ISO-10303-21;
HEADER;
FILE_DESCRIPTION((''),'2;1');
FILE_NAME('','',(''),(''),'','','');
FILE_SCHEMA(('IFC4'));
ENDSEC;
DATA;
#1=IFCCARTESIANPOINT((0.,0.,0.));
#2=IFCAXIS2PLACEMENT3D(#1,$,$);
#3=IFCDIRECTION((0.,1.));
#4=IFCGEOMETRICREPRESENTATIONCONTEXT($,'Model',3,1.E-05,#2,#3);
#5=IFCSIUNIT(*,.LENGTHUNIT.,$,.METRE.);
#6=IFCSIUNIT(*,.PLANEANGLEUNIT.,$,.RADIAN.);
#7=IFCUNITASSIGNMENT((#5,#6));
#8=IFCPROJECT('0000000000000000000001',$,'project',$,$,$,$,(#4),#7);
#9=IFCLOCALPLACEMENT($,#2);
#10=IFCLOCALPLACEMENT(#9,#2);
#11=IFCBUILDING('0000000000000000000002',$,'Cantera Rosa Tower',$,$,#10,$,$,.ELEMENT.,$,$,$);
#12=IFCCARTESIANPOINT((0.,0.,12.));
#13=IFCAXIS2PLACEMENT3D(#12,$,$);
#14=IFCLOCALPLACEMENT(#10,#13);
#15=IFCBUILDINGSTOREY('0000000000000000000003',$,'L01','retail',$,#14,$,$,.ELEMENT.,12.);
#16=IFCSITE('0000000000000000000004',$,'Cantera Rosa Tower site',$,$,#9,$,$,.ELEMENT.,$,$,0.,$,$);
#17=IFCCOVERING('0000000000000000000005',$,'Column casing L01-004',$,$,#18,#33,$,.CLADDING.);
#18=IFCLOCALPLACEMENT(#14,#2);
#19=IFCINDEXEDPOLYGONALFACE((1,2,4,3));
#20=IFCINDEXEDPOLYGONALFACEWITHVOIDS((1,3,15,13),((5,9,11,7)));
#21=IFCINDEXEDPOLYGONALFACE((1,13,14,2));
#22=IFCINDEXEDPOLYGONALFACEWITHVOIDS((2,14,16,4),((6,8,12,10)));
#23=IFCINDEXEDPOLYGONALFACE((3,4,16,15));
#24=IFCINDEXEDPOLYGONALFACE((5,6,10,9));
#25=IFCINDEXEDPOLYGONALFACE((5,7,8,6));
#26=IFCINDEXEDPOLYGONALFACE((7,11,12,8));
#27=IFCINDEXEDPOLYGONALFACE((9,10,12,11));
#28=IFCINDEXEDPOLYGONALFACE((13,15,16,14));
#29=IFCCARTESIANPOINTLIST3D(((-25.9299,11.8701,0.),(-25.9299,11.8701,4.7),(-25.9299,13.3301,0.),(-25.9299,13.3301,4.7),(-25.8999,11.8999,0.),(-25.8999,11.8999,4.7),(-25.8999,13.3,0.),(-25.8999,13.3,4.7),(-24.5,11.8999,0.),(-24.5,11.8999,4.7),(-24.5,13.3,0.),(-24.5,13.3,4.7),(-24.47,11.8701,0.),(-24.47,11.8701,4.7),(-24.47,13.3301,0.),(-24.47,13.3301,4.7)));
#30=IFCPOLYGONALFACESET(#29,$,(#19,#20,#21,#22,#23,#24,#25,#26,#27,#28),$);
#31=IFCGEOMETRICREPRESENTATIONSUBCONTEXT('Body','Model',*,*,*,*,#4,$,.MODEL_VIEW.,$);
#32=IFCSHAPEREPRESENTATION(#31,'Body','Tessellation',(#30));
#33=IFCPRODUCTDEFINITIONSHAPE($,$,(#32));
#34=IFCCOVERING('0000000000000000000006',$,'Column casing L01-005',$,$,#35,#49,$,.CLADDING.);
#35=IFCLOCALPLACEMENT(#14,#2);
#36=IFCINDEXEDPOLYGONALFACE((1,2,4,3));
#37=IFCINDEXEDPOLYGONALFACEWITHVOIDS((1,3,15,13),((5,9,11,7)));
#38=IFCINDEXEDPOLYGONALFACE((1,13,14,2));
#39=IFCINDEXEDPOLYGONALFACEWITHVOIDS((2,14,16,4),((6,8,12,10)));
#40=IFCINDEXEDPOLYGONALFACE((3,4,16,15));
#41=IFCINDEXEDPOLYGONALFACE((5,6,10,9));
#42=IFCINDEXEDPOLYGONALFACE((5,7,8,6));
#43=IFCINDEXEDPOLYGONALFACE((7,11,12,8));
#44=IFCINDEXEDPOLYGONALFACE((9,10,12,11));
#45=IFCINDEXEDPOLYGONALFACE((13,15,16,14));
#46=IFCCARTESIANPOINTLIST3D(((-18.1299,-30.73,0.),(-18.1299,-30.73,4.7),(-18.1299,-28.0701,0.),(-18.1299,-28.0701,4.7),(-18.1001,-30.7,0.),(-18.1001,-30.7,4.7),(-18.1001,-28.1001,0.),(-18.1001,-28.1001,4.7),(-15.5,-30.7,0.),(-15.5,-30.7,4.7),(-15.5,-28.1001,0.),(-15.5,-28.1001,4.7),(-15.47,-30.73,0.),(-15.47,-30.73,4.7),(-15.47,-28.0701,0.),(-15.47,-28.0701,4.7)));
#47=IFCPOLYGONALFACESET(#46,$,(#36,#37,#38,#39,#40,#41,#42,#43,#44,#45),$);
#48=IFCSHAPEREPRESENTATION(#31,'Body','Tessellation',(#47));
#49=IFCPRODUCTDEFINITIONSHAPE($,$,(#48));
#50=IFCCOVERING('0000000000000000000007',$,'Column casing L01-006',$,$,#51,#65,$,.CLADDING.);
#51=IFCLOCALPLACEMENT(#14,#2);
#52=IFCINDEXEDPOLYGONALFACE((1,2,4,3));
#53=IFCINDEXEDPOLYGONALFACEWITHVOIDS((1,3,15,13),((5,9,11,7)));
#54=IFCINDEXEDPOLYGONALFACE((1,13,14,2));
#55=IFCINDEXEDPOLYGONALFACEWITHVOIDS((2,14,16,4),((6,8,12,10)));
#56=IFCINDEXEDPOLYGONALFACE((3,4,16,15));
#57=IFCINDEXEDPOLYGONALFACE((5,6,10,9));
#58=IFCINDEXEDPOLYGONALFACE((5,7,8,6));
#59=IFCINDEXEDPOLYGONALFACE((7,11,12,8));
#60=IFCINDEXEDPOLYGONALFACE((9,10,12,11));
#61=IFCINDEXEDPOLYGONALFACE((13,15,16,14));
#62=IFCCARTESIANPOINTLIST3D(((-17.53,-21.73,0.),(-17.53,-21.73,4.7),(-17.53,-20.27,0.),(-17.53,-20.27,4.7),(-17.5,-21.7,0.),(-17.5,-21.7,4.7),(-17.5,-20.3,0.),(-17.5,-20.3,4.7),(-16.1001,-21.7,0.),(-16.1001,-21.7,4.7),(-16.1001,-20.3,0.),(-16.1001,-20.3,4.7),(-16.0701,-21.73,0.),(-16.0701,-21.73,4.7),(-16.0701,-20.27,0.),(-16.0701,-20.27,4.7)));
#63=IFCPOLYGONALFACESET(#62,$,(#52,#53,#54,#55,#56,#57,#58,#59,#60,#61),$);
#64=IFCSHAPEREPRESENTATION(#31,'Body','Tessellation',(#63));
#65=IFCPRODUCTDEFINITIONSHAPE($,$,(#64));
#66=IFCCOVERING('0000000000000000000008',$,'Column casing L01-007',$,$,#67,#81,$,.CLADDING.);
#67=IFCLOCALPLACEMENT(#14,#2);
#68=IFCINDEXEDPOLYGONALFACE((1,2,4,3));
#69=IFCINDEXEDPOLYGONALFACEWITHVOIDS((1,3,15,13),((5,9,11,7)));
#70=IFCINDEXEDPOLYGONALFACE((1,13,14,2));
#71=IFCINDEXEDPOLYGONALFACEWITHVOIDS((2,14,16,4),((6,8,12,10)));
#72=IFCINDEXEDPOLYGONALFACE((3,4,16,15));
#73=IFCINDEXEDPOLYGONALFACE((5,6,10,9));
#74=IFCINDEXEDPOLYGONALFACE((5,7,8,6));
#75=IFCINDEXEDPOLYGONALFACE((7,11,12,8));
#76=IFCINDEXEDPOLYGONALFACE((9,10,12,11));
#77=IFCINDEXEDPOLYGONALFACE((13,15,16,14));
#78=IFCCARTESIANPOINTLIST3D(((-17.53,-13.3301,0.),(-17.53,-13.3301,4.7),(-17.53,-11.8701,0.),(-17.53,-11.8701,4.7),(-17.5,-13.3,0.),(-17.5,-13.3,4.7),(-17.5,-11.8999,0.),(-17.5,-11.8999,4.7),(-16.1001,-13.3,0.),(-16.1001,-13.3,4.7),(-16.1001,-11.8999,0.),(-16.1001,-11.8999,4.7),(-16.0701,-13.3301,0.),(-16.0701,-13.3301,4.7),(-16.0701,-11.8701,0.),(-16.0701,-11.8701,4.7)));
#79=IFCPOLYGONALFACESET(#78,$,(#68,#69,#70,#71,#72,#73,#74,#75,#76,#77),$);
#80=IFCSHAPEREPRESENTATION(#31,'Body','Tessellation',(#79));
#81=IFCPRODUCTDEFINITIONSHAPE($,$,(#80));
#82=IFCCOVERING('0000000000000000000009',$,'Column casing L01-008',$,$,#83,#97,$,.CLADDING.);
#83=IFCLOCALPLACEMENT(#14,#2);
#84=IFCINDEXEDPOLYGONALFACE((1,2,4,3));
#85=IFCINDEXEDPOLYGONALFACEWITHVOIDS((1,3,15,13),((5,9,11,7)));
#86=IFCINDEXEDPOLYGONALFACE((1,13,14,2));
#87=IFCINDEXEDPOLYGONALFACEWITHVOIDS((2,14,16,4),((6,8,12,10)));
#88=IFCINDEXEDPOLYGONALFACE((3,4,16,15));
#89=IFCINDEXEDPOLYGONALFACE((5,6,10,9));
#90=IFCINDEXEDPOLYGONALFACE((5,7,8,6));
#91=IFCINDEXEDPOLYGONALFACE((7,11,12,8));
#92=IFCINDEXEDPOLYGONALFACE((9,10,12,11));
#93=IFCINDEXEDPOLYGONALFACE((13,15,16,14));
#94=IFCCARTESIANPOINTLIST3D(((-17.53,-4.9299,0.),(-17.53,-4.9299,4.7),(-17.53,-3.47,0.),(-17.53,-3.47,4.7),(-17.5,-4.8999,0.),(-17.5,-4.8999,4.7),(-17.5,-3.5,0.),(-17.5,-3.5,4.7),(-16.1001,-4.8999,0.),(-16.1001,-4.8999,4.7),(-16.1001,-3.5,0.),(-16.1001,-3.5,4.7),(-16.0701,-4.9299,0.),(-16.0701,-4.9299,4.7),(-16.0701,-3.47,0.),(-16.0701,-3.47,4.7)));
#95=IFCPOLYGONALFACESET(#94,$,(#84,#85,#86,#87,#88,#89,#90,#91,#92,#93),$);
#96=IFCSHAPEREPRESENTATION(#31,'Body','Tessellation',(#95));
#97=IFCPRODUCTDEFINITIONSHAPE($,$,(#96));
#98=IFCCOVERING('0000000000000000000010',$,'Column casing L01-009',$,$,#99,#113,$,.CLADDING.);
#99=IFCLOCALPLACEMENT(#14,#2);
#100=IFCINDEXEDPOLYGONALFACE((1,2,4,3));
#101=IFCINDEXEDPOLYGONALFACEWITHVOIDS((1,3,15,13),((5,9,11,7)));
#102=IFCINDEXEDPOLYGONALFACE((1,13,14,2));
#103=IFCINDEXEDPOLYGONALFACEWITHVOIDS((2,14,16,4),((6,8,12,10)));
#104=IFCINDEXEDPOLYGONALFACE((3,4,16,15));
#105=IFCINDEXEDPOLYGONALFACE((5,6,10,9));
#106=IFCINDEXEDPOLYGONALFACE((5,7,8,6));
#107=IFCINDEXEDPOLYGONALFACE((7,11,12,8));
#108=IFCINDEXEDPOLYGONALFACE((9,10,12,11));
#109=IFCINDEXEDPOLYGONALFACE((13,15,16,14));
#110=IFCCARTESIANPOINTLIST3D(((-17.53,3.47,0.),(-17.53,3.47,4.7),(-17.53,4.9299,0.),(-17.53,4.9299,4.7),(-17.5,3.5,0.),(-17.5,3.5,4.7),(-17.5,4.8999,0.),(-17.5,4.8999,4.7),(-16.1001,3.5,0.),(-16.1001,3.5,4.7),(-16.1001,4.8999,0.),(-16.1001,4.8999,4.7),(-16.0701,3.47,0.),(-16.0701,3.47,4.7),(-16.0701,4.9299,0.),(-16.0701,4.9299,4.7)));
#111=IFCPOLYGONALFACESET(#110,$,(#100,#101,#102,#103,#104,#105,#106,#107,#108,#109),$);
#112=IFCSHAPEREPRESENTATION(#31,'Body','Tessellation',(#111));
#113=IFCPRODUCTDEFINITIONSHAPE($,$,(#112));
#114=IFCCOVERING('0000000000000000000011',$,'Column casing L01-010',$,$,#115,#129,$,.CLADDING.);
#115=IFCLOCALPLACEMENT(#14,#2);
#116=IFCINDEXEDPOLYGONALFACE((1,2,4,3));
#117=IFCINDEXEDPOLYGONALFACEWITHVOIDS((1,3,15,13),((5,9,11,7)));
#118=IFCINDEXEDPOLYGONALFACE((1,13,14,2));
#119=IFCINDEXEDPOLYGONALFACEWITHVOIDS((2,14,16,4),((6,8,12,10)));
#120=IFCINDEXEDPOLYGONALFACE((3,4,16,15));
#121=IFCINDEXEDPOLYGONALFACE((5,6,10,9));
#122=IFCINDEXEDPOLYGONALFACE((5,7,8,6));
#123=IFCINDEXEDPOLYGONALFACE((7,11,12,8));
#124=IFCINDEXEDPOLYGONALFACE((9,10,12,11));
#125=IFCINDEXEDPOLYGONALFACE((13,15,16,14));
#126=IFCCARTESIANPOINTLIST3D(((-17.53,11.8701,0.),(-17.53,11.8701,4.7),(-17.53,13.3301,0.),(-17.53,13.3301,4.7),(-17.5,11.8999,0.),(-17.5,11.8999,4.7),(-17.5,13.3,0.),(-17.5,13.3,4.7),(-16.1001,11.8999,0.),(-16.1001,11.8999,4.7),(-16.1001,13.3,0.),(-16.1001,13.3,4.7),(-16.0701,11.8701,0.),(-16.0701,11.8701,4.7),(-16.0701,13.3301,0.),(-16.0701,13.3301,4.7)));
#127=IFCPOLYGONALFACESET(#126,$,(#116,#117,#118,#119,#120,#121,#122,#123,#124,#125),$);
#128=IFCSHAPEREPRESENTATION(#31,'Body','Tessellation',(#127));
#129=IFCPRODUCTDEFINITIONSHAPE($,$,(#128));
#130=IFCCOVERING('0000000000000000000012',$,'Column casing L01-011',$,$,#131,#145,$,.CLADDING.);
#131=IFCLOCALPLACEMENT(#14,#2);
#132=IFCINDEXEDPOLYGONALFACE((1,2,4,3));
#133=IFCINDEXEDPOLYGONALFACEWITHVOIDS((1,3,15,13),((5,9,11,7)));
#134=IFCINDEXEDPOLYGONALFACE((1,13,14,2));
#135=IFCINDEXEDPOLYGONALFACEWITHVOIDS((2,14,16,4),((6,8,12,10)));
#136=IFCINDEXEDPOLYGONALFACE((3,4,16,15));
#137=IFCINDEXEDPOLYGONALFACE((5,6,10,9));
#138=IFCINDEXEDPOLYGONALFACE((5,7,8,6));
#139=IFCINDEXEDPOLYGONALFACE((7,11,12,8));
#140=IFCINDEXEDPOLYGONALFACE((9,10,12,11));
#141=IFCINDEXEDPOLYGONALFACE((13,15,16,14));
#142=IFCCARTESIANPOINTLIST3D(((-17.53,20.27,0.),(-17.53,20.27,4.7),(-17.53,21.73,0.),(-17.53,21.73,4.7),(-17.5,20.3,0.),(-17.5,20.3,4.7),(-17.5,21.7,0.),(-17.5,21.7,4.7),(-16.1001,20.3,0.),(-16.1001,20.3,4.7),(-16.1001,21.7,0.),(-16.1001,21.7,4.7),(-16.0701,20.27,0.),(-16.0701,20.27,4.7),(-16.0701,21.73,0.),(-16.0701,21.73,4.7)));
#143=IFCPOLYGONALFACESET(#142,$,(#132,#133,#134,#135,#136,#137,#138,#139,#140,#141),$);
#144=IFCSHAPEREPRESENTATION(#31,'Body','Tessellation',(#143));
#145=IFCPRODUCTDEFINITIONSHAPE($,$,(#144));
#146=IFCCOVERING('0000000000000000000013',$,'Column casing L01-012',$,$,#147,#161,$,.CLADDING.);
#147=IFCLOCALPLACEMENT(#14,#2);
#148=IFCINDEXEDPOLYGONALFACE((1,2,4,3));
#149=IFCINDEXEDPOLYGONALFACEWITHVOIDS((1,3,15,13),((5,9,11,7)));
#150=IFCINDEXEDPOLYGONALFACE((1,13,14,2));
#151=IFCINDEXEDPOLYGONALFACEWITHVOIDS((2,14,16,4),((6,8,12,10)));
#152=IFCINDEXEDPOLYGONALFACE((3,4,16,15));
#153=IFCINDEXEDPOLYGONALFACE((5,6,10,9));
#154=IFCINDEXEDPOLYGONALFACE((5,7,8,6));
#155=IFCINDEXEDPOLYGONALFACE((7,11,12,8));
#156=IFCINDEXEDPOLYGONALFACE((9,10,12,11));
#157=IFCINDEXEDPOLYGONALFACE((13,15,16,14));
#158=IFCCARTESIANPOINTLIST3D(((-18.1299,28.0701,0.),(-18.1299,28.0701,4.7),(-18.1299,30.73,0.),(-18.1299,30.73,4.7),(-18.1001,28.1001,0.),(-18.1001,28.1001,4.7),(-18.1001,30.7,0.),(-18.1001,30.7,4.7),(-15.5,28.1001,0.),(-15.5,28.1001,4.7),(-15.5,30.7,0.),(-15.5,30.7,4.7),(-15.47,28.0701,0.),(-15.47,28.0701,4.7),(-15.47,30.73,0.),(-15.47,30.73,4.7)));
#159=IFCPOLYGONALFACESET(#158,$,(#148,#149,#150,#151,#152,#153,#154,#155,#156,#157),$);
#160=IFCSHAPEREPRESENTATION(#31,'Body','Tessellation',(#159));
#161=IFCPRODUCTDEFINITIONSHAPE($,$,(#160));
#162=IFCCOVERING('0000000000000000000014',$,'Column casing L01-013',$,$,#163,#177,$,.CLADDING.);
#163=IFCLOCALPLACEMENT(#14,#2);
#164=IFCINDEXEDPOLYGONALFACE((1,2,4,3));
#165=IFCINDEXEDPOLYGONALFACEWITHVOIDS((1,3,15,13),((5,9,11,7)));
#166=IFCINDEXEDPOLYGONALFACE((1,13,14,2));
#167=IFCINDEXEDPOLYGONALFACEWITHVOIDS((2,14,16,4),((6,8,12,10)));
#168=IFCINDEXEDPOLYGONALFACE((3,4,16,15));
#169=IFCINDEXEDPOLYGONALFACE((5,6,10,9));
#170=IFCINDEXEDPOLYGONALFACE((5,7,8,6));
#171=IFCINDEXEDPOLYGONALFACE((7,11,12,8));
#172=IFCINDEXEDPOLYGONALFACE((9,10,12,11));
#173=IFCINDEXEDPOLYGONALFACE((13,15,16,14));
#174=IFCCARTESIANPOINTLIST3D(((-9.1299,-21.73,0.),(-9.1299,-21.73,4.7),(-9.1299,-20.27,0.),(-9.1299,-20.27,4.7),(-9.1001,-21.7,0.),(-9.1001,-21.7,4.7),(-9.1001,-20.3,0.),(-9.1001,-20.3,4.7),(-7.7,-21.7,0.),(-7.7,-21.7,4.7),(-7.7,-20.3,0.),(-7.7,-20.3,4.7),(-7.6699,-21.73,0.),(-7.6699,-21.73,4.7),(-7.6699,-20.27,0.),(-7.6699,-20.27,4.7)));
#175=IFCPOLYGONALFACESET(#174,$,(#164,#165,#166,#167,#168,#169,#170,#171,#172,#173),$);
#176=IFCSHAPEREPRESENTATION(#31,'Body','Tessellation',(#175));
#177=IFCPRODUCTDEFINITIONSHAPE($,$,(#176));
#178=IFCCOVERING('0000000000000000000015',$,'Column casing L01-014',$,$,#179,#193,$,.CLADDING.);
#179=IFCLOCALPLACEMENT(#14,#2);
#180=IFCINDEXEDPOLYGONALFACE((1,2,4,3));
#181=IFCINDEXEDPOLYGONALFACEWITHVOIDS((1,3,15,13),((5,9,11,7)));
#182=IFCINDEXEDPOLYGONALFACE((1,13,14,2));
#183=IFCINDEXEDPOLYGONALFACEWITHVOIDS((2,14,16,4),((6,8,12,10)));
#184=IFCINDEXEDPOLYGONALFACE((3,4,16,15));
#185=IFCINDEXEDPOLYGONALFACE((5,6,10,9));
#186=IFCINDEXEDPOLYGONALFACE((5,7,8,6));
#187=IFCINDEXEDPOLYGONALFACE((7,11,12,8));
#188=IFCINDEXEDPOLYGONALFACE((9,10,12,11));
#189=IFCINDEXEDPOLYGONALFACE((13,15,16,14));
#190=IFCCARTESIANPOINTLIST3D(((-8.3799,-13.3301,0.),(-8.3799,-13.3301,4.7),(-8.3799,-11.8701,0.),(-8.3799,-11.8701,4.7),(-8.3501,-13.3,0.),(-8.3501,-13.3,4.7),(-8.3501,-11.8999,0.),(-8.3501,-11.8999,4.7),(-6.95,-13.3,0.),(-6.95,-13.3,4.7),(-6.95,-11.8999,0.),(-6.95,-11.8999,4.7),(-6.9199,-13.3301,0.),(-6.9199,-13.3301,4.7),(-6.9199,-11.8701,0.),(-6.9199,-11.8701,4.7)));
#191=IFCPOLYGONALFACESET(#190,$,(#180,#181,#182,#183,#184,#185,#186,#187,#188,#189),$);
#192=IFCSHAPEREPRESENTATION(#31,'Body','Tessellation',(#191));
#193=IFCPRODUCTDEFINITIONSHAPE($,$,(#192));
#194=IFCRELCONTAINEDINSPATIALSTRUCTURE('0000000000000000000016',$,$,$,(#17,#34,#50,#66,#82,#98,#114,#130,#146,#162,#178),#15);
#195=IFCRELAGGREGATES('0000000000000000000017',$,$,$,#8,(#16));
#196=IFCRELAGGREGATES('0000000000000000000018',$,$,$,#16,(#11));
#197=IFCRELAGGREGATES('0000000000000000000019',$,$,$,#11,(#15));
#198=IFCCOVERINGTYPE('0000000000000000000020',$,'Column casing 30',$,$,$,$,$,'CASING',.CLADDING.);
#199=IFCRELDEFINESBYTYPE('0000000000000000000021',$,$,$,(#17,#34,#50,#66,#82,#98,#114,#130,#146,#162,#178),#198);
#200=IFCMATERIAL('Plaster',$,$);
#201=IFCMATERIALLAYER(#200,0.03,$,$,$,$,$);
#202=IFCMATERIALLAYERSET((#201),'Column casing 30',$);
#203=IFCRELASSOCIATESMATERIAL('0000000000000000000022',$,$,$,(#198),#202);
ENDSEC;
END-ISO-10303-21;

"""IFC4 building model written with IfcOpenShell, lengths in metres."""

from ifc_helpers import new_model, si_unit, direction, frame, origin, place, context, subcontext, project, spatial, polyline, outline, extrude, material, layer, layer_set, type_object, element, save


model = new_model("IFC4")

# Units and contexts
model_context = context("Model", 3, precision=1e-05, world=origin(), true_north=direction((0.0, 1.0)))
body_context = subcontext(model_context, "Body", "Model", "MODEL_VIEW")
ifc_project = project(units=[si_unit("LENGTHUNIT", "METRE"), si_unit("PLANEANGLEUNIT", "RADIAN")], contexts=[model_context])

# Site, building, storey
site_placement = place(None, origin())
site = spatial("IfcSite", under=ifc_project, at=site_placement, Name="Cantera Rosa Tower site", CompositionType="ELEMENT", RefElevation=0.0)
building_placement = place(site_placement, origin())
building = spatial("IfcBuilding", under=site, at=building_placement, Name="Cantera Rosa Tower", CompositionType="ELEMENT")
storey_placement = place(building_placement, frame((0.0, 0.0, 12.0)))
storey = spatial("IfcBuildingStorey", under=building, at=storey_placement, Name="L01", Description="retail", CompositionType="ELEMENT", Elevation=12.0)

# Coverings
ifc_material_1 = material(Name="Plaster")
ifc_layer_1 = layer(ifc_material_1, 0.03)
ifc_layer_set_1 = layer_set([ifc_layer_1], Name="Column casing 30")
covering_type = type_object("IfcCoveringType", Name="Column casing 30", ElementType="CASING", PredefinedType="CLADDING", material=ifc_layer_set_1)
covering_1_placement = place(storey_placement, origin())
element("IfcCovering", 1, at=covering_1_placement, inside=storey, type_object=covering_type, Name="Column casing L01-004", PredefinedType="CLADDING", context=body_context, shape_type="SweptSolid", body=[
    extrude(outline(polyline([(-25.9299, 11.8701), (-24.47, 11.8701), (-24.47, 13.3301), (-25.9299, 13.3301), (-25.9299, 11.8701)]), holes=[polyline([(-24.5, 13.3), (-25.8999, 13.3), (-25.8999, 11.8999), (-24.5, 11.8999), (-24.5, 13.3)])]), origin(), (0.0, 0.0, 1.0), 4.7),
])
covering_2_placement = place(storey_placement, origin())
element("IfcCovering", 2, at=covering_2_placement, inside=storey, type_object=covering_type, Name="Column casing L01-005", PredefinedType="CLADDING", context=body_context, shape_type="SweptSolid", body=[
    extrude(outline(polyline([(-18.1299, -30.73), (-15.47, -30.73), (-15.47, -28.0701), (-18.1299, -28.0701), (-18.1299, -30.73)]), holes=[polyline([(-15.5, -28.1001), (-18.1001, -28.1001), (-18.1001, -30.7), (-15.5, -30.7), (-15.5, -28.1001)])]), origin(), (0.0, 0.0, 1.0), 4.7),
])
covering_3_placement = place(storey_placement, origin())
element("IfcCovering", 3, at=covering_3_placement, inside=storey, type_object=covering_type, Name="Column casing L01-006", PredefinedType="CLADDING", context=body_context, shape_type="SweptSolid", body=[
    extrude(outline(polyline([(-17.53, -21.73), (-16.0701, -21.73), (-16.0701, -20.27), (-17.53, -20.27), (-17.53, -21.73)]), holes=[polyline([(-16.1001, -20.3), (-17.5, -20.3), (-17.5, -21.7), (-16.1001, -21.7), (-16.1001, -20.3)])]), origin(), (0.0, 0.0, 1.0), 4.7),
])
covering_4_placement = place(storey_placement, origin())
element("IfcCovering", 4, at=covering_4_placement, inside=storey, type_object=covering_type, Name="Column casing L01-007", PredefinedType="CLADDING", context=body_context, shape_type="SweptSolid", body=[
    extrude(outline(polyline([(-17.53, -13.3301), (-16.0701, -13.3301), (-16.0701, -11.8701), (-17.53, -11.8701), (-17.53, -13.3301)]), holes=[polyline([(-16.1001, -11.8999), (-17.5, -11.8999), (-17.5, -13.3), (-16.1001, -13.3), (-16.1001, -11.8999)])]), origin(), (0.0, 0.0, 1.0), 4.7),
])
covering_5_placement = place(storey_placement, origin())
element("IfcCovering", 5, at=covering_5_placement, inside=storey, type_object=covering_type, Name="Column casing L01-008", PredefinedType="CLADDING", context=body_context, shape_type="SweptSolid", body=[
    extrude(outline(polyline([(-17.53, -4.9299), (-16.0701, -4.9299), (-16.0701, -3.47), (-17.53, -3.47), (-17.53, -4.9299)]), holes=[polyline([(-16.1001, -3.5), (-17.5, -3.5), (-17.5, -4.8999), (-16.1001, -4.8999), (-16.1001, -3.5)])]), origin(), (0.0, 0.0, 1.0), 4.7),
])
covering_6_placement = place(storey_placement, origin())
element("IfcCovering", 6, at=covering_6_placement, inside=storey, type_object=covering_type, Name="Column casing L01-009", PredefinedType="CLADDING", context=body_context, shape_type="SweptSolid", body=[
    extrude(outline(polyline([(-17.53, 3.47), (-16.0701, 3.47), (-16.0701, 4.9299), (-17.53, 4.9299), (-17.53, 3.47)]), holes=[polyline([(-16.1001, 4.8999), (-17.5, 4.8999), (-17.5, 3.5), (-16.1001, 3.5), (-16.1001, 4.8999)])]), origin(), (0.0, 0.0, 1.0), 4.7),
])
covering_7_placement = place(storey_placement, origin())
element("IfcCovering", 7, at=covering_7_placement, inside=storey, type_object=covering_type, Name="Column casing L01-010", PredefinedType="CLADDING", context=body_context, shape_type="SweptSolid", body=[
    extrude(outline(polyline([(-17.53, 11.8701), (-16.0701, 11.8701), (-16.0701, 13.3301), (-17.53, 13.3301), (-17.53, 11.8701)]), holes=[polyline([(-16.1001, 13.3), (-17.5, 13.3), (-17.5, 11.8999), (-16.1001, 11.8999), (-16.1001, 13.3)])]), origin(), (0.0, 0.0, 1.0), 4.7),
])
covering_8_placement = place(storey_placement, origin())
element("IfcCovering", 8, at=covering_8_placement, inside=storey, type_object=covering_type, Name="Column casing L01-011", PredefinedType="CLADDING", context=body_context, shape_type="SweptSolid", body=[
    extrude(outline(polyline([(-17.53, 20.27), (-16.0701, 20.27), (-16.0701, 21.73), (-17.53, 21.73), (-17.53, 20.27)]), holes=[polyline([(-16.1001, 21.7), (-17.5, 21.7), (-17.5, 20.3), (-16.1001, 20.3), (-16.1001, 21.7)])]), origin(), (0.0, 0.0, 1.0), 4.7),
])
covering_9_placement = place(storey_placement, origin())
element("IfcCovering", 9, at=covering_9_placement, inside=storey, type_object=covering_type, Name="Column casing L01-012", PredefinedType="CLADDING", context=body_context, shape_type="SweptSolid", body=[
    extrude(outline(polyline([(-18.1299, 28.0701), (-15.47, 28.0701), (-15.47, 30.73), (-18.1299, 30.73), (-18.1299, 28.0701)]), holes=[polyline([(-15.5, 30.7), (-18.1001, 30.7), (-18.1001, 28.1001), (-15.5, 28.1001), (-15.5, 30.7)])]), origin(), (0.0, 0.0, 1.0), 4.7),
])
covering_10_placement = place(storey_placement, origin())
element("IfcCovering", 10, at=covering_10_placement, inside=storey, type_object=covering_type, Name="Column casing L01-013", PredefinedType="CLADDING", context=body_context, shape_type="SweptSolid", body=[
    extrude(outline(polyline([(-9.1299, -21.73), (-7.6699, -21.73), (-7.6699, -20.27), (-9.1299, -20.27), (-9.1299, -21.73)]), holes=[polyline([(-7.7, -20.3), (-9.1001, -20.3), (-9.1001, -21.7), (-7.7, -21.7), (-7.7, -20.3)])]), origin(), (0.0, 0.0, 1.0), 4.7),
])
covering_11_placement = place(storey_placement, origin())
element("IfcCovering", 11, at=covering_11_placement, inside=storey, type_object=covering_type, Name="Column casing L01-014", PredefinedType="CLADDING", context=body_context, shape_type="SweptSolid", body=[
    extrude(outline(polyline([(-8.3799, -13.3301), (-6.9199, -13.3301), (-6.9199, -11.8701), (-8.3799, -11.8701), (-8.3799, -13.3301)]), holes=[polyline([(-6.95, -11.8999), (-8.3501, -11.8999), (-8.3501, -13.3), (-6.95, -13.3), (-6.95, -11.8999)])]), origin(), (0.0, 0.0, 1.0), 4.7),
])

save(model, "model.ifc")
